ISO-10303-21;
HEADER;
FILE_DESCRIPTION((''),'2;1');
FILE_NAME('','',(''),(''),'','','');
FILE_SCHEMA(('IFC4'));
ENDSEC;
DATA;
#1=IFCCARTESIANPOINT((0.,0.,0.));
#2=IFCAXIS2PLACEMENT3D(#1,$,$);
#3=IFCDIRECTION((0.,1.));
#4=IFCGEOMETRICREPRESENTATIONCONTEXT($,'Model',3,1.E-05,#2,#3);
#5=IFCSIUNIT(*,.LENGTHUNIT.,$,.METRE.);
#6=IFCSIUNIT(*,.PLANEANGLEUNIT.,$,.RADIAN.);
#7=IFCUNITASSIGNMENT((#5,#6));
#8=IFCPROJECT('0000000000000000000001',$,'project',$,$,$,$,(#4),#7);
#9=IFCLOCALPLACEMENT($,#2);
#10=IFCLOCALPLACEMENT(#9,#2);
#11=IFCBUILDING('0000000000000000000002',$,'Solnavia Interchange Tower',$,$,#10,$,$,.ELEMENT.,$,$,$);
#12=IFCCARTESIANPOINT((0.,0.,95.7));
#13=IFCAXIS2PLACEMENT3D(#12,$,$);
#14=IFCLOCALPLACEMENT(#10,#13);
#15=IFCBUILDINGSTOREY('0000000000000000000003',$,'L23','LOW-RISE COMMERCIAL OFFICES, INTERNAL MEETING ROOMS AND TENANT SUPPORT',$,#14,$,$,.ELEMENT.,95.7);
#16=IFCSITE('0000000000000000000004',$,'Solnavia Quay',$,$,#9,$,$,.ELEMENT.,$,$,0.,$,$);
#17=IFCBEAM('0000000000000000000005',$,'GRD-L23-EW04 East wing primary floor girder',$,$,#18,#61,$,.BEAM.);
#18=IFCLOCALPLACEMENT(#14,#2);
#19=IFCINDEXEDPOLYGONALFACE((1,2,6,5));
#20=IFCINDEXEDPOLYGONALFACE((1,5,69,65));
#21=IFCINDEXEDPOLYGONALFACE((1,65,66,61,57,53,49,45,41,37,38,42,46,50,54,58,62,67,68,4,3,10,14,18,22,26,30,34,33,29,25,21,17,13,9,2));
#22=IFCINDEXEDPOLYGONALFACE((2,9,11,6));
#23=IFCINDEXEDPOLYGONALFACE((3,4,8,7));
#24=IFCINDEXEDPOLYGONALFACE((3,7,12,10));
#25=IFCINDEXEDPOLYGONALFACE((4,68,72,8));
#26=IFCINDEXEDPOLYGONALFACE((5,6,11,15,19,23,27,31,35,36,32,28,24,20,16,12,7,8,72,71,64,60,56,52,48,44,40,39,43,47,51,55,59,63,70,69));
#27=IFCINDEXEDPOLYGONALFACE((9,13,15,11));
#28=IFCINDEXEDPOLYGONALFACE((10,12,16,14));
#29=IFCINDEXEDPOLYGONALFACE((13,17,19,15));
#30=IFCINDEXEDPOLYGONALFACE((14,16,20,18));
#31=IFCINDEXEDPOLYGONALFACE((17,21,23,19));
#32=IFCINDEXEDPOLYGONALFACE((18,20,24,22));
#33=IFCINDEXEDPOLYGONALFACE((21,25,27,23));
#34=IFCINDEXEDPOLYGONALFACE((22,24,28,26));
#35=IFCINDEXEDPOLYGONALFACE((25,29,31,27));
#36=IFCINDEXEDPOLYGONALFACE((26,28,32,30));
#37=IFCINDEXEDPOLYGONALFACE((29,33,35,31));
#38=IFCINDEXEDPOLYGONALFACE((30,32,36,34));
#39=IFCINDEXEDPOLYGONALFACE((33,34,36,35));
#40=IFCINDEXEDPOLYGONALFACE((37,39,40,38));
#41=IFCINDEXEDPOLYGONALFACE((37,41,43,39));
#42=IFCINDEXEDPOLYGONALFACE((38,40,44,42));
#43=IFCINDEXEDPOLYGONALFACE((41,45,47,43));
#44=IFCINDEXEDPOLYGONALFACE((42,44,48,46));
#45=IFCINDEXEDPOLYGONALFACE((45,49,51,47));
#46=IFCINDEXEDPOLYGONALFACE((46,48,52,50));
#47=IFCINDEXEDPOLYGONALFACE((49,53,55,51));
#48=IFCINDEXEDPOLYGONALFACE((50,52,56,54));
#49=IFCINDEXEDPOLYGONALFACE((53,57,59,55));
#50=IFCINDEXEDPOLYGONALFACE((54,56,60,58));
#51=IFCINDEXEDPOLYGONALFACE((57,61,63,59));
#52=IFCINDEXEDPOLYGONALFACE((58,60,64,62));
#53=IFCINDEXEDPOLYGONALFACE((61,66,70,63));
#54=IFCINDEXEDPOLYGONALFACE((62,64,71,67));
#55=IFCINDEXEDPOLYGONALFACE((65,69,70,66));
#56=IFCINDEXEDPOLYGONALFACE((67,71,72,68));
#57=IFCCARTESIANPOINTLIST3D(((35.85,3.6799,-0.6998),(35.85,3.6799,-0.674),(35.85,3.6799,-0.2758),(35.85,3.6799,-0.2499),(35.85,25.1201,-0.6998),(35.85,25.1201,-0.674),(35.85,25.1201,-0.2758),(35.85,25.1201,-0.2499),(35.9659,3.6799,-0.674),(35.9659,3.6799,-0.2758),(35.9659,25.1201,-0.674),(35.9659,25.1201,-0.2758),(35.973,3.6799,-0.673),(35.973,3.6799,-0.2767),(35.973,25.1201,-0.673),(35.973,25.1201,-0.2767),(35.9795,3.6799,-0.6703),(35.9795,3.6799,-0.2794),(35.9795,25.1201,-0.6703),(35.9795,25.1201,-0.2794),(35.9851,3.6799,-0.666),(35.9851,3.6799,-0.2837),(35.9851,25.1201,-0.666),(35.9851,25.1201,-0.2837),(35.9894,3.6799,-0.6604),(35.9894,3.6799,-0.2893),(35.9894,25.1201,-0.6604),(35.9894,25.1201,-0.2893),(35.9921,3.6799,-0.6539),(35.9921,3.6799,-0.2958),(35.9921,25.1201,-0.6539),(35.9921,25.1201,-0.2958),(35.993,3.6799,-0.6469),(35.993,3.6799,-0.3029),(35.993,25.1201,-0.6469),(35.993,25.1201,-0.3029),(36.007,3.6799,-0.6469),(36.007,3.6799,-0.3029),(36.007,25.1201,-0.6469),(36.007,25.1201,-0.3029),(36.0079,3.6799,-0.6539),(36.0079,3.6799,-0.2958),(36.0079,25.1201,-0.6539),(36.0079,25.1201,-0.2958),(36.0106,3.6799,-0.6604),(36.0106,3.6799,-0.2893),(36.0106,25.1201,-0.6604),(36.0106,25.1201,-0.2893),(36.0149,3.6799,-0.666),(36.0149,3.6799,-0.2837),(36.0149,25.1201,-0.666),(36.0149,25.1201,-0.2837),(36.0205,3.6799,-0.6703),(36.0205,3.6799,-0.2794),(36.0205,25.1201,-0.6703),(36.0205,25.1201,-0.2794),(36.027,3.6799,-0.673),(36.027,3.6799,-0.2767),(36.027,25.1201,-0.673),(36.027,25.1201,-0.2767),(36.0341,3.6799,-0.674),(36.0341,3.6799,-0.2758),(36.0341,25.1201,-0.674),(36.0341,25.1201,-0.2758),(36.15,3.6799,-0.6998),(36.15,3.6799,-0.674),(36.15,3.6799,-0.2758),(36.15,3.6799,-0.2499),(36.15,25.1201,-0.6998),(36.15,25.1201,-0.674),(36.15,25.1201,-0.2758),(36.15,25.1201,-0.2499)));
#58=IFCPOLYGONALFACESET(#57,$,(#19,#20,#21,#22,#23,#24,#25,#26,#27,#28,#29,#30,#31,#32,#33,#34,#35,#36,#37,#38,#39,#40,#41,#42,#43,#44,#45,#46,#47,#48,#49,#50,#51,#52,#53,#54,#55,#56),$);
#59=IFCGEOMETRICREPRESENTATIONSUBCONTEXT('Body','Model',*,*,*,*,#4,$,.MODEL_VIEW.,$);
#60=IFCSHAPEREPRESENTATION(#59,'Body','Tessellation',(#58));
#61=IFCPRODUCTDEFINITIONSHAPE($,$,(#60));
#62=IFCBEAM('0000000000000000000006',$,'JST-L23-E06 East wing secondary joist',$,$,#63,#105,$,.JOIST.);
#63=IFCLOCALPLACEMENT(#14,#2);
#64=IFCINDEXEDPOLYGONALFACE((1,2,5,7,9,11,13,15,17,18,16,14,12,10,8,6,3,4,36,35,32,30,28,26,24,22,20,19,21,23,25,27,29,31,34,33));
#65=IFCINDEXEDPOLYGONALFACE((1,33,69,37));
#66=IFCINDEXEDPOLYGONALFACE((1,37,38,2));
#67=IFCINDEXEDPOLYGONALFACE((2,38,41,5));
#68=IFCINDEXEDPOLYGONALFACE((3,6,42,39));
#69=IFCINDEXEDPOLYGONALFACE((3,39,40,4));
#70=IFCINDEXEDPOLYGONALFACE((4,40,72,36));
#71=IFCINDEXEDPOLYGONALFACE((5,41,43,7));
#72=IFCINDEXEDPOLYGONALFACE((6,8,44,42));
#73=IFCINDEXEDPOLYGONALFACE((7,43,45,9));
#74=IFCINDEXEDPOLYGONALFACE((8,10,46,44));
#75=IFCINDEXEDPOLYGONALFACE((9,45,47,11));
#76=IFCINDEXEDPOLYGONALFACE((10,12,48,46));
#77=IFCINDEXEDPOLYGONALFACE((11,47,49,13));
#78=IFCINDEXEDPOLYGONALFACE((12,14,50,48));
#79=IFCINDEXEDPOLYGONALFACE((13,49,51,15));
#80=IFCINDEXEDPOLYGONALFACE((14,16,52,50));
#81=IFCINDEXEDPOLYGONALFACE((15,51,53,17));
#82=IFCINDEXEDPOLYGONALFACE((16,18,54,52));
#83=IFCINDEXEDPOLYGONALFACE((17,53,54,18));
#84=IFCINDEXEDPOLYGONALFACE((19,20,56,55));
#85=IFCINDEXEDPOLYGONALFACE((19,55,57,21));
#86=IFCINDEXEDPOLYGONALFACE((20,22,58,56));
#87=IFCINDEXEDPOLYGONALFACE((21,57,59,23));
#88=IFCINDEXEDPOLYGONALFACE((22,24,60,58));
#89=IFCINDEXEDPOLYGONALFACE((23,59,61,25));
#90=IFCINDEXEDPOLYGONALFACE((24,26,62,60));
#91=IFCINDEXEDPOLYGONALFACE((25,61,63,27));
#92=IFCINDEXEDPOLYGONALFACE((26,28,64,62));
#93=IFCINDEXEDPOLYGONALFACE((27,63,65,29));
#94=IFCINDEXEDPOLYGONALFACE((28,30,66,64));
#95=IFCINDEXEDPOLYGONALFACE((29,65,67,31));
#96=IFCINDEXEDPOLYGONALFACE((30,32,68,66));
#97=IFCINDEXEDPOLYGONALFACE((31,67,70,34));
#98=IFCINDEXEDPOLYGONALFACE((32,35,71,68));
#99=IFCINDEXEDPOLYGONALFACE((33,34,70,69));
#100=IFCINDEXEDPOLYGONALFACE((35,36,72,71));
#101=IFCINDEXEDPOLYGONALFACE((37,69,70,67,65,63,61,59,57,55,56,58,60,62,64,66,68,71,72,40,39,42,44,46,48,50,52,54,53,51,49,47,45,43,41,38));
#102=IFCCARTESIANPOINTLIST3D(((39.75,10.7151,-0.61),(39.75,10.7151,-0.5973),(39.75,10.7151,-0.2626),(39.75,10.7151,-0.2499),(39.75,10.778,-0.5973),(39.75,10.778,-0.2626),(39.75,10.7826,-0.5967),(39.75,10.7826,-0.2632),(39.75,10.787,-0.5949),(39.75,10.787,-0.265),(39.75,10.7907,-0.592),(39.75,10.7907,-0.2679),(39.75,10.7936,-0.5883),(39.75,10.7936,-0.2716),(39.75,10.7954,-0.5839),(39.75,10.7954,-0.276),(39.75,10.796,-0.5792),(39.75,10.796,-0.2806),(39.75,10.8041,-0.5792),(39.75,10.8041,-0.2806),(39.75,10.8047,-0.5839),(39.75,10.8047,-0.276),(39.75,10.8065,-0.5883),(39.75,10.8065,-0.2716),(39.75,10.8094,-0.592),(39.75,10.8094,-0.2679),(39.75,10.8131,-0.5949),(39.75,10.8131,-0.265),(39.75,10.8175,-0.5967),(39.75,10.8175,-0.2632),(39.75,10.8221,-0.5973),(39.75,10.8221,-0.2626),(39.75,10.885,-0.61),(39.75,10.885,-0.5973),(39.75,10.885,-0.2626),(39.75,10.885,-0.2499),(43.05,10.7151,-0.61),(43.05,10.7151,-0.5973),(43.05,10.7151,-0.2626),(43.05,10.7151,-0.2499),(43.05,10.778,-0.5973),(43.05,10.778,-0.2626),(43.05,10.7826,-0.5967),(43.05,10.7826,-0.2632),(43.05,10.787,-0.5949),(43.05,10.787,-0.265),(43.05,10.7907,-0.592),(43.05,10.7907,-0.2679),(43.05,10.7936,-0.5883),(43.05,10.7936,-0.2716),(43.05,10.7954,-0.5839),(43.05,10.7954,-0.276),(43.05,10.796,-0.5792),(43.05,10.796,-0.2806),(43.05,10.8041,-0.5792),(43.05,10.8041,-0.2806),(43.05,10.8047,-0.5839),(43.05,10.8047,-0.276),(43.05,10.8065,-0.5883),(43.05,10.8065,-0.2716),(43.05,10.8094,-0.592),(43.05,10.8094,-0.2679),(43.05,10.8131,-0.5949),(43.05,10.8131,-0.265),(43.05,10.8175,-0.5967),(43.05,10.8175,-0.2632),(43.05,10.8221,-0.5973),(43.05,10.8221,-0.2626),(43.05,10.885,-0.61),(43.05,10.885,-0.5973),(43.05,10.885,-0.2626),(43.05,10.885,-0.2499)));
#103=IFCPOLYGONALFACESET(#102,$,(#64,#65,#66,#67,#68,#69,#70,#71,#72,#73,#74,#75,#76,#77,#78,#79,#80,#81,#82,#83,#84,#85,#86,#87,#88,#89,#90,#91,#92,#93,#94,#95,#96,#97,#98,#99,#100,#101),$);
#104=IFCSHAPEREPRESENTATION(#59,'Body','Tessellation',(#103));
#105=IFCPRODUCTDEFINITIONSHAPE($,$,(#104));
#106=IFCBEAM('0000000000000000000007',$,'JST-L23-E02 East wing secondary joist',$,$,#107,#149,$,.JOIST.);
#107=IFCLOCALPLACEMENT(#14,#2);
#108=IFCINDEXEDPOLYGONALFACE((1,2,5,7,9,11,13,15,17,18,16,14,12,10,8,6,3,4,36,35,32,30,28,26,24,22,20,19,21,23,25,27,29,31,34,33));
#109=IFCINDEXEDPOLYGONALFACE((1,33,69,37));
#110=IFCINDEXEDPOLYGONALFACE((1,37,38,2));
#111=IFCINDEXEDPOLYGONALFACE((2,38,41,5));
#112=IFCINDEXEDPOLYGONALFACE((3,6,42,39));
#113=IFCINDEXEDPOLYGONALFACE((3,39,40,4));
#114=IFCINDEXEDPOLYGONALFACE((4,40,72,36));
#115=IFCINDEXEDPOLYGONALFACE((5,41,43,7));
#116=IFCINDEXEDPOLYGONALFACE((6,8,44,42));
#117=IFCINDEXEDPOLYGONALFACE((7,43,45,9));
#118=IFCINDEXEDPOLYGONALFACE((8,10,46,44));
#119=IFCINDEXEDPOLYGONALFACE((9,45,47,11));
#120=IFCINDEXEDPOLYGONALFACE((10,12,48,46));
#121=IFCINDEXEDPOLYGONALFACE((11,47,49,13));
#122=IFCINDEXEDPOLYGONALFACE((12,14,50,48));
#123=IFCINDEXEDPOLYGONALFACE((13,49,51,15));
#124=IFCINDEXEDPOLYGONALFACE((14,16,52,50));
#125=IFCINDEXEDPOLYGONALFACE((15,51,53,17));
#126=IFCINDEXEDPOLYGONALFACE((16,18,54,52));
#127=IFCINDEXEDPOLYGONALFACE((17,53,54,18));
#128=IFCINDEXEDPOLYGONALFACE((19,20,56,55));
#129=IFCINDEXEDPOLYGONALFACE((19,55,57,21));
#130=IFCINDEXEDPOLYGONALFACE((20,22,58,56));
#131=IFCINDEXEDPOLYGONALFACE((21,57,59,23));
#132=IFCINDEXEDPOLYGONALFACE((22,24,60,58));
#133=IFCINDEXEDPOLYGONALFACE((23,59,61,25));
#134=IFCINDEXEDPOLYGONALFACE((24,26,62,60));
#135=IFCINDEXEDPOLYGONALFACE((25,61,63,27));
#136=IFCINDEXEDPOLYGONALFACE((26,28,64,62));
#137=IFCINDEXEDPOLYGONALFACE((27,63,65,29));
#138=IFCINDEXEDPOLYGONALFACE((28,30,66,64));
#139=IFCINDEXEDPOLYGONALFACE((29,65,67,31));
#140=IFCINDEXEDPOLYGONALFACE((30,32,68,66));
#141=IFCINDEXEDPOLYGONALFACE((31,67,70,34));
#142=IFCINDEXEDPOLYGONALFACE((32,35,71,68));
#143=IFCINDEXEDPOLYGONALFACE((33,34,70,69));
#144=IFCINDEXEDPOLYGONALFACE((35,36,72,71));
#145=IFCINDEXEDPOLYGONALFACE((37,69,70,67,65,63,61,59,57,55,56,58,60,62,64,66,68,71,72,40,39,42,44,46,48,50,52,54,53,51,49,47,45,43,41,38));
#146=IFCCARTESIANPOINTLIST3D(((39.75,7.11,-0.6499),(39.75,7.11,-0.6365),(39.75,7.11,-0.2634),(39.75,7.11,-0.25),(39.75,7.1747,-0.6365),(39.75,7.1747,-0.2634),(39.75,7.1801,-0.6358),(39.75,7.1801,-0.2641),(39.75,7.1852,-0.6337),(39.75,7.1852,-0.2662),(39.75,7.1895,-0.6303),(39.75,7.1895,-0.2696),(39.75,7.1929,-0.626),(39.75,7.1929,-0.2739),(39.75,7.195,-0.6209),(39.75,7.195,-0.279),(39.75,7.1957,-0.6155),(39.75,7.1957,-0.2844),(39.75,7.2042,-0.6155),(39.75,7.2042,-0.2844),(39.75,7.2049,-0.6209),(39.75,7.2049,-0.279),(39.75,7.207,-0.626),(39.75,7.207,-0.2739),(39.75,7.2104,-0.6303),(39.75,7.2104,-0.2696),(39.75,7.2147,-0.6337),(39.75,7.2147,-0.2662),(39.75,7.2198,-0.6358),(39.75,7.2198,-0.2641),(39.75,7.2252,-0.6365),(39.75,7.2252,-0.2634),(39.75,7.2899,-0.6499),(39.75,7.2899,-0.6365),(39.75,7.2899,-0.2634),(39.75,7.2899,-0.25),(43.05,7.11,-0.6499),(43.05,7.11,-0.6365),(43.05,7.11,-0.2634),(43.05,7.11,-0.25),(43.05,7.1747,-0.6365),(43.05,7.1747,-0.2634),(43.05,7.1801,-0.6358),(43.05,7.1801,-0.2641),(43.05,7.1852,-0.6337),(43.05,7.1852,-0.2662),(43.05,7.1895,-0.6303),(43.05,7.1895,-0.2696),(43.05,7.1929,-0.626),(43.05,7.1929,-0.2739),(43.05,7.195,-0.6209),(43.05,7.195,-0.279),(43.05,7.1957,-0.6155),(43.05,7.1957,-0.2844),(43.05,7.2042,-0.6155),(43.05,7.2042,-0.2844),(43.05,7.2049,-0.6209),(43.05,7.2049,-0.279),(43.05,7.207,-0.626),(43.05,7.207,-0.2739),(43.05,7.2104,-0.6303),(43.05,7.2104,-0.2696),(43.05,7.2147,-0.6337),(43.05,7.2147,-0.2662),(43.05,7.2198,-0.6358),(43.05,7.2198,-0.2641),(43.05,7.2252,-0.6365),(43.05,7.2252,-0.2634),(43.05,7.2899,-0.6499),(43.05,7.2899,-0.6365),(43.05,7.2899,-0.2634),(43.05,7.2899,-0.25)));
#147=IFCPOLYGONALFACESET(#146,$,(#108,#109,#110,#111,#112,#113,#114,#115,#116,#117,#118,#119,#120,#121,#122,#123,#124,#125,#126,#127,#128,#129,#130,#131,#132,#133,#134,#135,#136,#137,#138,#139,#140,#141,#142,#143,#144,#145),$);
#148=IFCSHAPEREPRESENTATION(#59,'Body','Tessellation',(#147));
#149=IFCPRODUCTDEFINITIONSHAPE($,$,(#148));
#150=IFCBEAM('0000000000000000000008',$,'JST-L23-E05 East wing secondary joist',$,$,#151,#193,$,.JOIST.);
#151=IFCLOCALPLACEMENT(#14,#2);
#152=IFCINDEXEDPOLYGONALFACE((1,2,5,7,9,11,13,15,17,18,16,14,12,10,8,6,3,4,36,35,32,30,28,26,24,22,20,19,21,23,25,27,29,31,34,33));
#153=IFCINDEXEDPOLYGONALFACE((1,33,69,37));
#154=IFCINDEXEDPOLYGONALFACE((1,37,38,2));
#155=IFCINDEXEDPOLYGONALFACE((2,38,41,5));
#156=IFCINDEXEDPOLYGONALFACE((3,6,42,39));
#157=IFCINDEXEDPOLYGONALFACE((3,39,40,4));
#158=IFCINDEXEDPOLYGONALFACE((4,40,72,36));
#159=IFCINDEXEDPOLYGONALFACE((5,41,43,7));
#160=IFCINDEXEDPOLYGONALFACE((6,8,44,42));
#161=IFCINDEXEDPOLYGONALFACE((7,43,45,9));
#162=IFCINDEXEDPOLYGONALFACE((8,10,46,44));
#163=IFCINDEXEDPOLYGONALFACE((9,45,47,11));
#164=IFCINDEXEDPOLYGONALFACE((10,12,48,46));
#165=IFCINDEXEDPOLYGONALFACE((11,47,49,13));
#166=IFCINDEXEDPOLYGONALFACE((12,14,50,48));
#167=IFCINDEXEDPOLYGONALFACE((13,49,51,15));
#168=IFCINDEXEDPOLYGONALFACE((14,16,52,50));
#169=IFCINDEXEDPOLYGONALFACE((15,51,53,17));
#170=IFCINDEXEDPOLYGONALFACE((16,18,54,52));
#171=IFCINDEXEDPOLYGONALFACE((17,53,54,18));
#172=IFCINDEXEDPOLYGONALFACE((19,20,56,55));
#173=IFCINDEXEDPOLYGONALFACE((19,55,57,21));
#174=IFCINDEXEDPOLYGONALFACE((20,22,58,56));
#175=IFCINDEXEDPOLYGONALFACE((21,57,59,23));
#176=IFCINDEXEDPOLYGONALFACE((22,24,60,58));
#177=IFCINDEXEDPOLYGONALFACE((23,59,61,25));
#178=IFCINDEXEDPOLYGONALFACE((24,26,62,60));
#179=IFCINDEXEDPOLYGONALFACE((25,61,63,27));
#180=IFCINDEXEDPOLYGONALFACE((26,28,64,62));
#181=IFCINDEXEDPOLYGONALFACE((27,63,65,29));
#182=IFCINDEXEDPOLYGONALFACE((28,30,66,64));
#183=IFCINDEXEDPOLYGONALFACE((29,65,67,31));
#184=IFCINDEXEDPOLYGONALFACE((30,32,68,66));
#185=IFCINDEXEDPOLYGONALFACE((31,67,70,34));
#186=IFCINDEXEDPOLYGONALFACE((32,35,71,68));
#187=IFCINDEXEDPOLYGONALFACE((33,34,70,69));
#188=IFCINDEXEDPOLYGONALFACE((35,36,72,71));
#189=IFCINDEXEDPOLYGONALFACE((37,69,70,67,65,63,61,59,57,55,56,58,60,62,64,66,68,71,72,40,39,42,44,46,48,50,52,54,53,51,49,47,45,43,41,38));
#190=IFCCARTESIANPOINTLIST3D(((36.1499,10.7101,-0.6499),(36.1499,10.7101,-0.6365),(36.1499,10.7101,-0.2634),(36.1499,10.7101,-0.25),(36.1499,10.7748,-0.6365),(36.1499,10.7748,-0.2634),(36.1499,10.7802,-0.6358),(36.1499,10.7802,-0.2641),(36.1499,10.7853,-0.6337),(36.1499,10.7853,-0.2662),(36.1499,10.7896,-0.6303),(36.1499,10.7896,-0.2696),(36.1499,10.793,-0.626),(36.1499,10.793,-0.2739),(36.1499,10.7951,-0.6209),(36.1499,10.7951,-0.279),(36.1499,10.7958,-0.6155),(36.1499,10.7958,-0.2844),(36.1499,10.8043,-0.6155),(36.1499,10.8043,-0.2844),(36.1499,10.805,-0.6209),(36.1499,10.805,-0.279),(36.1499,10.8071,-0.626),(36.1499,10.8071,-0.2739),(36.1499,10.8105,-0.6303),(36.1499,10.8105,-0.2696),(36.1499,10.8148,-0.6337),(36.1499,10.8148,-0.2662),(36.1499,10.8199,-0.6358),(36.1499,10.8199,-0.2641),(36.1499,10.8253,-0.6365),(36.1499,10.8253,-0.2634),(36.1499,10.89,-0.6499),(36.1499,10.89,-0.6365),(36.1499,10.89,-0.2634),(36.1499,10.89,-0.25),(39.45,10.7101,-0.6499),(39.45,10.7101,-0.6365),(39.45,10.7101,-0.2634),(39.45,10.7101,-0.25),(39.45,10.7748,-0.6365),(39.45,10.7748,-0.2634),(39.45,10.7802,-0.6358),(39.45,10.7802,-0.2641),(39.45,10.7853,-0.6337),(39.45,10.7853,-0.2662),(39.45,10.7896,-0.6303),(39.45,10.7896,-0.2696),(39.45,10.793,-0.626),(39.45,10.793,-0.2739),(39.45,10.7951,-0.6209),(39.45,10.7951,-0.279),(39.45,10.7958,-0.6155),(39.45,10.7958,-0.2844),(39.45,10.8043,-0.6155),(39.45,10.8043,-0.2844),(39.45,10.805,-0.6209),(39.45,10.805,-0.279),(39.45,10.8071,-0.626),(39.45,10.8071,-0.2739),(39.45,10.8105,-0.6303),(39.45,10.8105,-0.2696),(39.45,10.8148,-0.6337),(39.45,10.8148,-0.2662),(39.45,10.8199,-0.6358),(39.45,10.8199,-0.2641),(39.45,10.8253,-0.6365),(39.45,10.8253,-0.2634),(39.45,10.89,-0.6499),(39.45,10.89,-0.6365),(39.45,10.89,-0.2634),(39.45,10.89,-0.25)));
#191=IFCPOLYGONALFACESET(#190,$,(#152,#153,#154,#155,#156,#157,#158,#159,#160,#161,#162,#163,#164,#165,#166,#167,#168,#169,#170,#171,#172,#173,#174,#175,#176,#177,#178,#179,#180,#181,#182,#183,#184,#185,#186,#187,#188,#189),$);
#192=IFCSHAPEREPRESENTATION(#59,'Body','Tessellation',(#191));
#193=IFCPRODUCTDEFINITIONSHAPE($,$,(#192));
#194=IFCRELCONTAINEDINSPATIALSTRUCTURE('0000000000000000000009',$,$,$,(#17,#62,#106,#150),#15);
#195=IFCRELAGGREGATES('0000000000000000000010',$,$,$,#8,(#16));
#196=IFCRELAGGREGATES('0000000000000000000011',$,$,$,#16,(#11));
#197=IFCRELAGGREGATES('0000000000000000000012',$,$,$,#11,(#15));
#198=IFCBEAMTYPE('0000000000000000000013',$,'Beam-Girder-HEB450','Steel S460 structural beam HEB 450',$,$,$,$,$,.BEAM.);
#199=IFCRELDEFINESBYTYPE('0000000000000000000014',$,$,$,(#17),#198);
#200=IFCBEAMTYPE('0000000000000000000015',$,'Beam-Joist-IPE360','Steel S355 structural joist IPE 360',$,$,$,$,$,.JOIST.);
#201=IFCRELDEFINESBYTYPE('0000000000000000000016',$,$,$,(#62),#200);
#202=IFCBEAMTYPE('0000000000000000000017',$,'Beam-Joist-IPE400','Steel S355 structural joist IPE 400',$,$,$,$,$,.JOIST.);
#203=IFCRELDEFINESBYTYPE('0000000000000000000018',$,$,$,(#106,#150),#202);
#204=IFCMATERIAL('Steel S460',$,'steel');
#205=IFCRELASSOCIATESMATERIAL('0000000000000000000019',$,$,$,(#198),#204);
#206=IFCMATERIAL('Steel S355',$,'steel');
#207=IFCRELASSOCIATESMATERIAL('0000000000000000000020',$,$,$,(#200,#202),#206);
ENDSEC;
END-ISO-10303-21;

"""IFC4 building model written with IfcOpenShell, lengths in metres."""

from ifc_helpers import new_model, si_unit, direction, frame, origin, origin_2d, place, context, subcontext, project, spatial, i_section, extrude, material, material_profile, profile_set, type_object, element, save


model = new_model("IFC4")

# Units and contexts
model_context = context("Model", 3, precision=1e-05, world=origin(), true_north=direction((0.0, 1.0)))
body_context = subcontext(model_context, "Body", "Model", "MODEL_VIEW")
ifc_project = project(units=[si_unit("LENGTHUNIT", "METRE"), si_unit("PLANEANGLEUNIT", "RADIAN")], contexts=[model_context])

# Site, building, storey
site_placement = place(None, origin())
site = spatial("IfcSite", under=ifc_project, at=site_placement, Name="Solnavia Quay", CompositionType="ELEMENT", RefElevation=0.0)
building_placement = place(site_placement, origin())
building = spatial("IfcBuilding", under=site, at=building_placement, Name="Solnavia Interchange Tower", CompositionType="ELEMENT")
storey_placement = place(building_placement, frame((0.0, 0.0, 95.7)))
storey = spatial("IfcBuildingStorey", under=building, at=storey_placement, Name="L23", Description="LOW-RISE COMMERCIAL OFFICES, INTERNAL MEETING ROOMS AND TENANT SUPPORT", CompositionType="ELEMENT", Elevation=95.7)

# Shared definitions
ifc_material_1 = material(Name="Steel S355", Category="steel")

# Beams
ifc_material_2 = material(Name="Steel S460", Category="steel")
ifc_material_profile_1 = material_profile(ifc_material_2, i_section(OverallWidth=0.3, OverallDepth=0.45, WebThickness=0.0139, FlangeThickness=0.0259, FilletRadius=0.0271, at=origin_2d()), Name="HEB 450")
ifc_profile_set_1 = profile_set([ifc_material_profile_1], Name="Steel S460")
beam_type_1 = type_object("IfcBeamType", Name="Beam-Girder-HEB450", Description="Steel S460 structural beam HEB 450", PredefinedType="BEAM", material=ifc_profile_set_1)
beam_1_placement = place(storey_placement, frame((36.0, 3.6799, -0.4749), z_axis=(0.0, 1.0, 0.0), x_axis=(-1.0, 0.0, 0.0)))
element("IfcBeam", 1, at=beam_1_placement, inside=storey, type_object=beam_type_1, Name="GRD-L23-EW04 East wing primary floor girder", PredefinedType="BEAM", context=body_context, shape_type="SweptSolid", body=[
    extrude(i_section(OverallWidth=0.3, OverallDepth=0.45, WebThickness=0.0139, FlangeThickness=0.0259, FilletRadius=0.0271, at=origin_2d()), origin(), (0.0, 0.0, 1.0), 21.4402),
])
ifc_material_profile_2 = material_profile(ifc_material_1, i_section(OverallWidth=0.1699, OverallDepth=0.3601, WebThickness=0.0081, FlangeThickness=0.0127, FilletRadius=0.0181, at=origin_2d()), Name="IPE 360")
ifc_profile_set_2 = profile_set([ifc_material_profile_2], Name="Steel S355")
beam_type_2 = type_object("IfcBeamType", Name="Beam-Joist-IPE360", Description="Steel S355 structural joist IPE 360", PredefinedType="JOIST", material=ifc_profile_set_2)
beam_2_placement = place(storey_placement, frame((39.75, 10.8, -0.4299), z_axis=(1.0, 0.0, 0.0), x_axis=(0.0, 1.0, 0.0)))
element("IfcBeam", 2, at=beam_2_placement, inside=storey, type_object=beam_type_2, Name="JST-L23-E06 East wing secondary joist", PredefinedType="JOIST", context=body_context, shape_type="SweptSolid", body=[
    extrude(i_section(OverallWidth=0.1699, OverallDepth=0.3601, WebThickness=0.0081, FlangeThickness=0.0127, FilletRadius=0.0181, at=origin_2d()), origin(), (0.0, 0.0, 1.0), 3.3),
])
ifc_material_profile_3 = material_profile(ifc_material_1, i_section(OverallWidth=0.1799, OverallDepth=0.3999, WebThickness=0.0085, FlangeThickness=0.0134, FilletRadius=0.021, at=origin_2d()), Name="IPE 400")
ifc_profile_set_3 = profile_set([ifc_material_profile_3], Name="Steel S355")
beam_type_3 = type_object("IfcBeamType", Name="Beam-Joist-IPE400", Description="Steel S355 structural joist IPE 400", PredefinedType="JOIST", material=ifc_profile_set_3)
for number, where, z_axis, x_axis, name in (
    (3, (39.75, 7.2, -0.45), (1.0, 0.0, 0.0), (0.0, 1.0, 0.0), "JST-L23-E02 East wing secondary joist"),
    (4, (36.1499, 10.8, -0.45), (1.0, 0.0, 0.0), (0.0, 1.0, 0.0), "JST-L23-E05 East wing secondary joist"),
):
    element("IfcBeam", number, at=place(storey_placement, frame(where, z_axis=z_axis, x_axis=x_axis)), inside=storey, type_object=beam_type_3, Name=name, PredefinedType="JOIST", context=body_context, shape_type="SweptSolid", body=[
        extrude(i_section(OverallWidth=0.1799, OverallDepth=0.3999, WebThickness=0.0085, FlangeThickness=0.0134, FilletRadius=0.021, at=origin_2d()), origin(), (0.0, 0.0, 1.0), 3.3),
    ])

save(model, "model.ifc")
